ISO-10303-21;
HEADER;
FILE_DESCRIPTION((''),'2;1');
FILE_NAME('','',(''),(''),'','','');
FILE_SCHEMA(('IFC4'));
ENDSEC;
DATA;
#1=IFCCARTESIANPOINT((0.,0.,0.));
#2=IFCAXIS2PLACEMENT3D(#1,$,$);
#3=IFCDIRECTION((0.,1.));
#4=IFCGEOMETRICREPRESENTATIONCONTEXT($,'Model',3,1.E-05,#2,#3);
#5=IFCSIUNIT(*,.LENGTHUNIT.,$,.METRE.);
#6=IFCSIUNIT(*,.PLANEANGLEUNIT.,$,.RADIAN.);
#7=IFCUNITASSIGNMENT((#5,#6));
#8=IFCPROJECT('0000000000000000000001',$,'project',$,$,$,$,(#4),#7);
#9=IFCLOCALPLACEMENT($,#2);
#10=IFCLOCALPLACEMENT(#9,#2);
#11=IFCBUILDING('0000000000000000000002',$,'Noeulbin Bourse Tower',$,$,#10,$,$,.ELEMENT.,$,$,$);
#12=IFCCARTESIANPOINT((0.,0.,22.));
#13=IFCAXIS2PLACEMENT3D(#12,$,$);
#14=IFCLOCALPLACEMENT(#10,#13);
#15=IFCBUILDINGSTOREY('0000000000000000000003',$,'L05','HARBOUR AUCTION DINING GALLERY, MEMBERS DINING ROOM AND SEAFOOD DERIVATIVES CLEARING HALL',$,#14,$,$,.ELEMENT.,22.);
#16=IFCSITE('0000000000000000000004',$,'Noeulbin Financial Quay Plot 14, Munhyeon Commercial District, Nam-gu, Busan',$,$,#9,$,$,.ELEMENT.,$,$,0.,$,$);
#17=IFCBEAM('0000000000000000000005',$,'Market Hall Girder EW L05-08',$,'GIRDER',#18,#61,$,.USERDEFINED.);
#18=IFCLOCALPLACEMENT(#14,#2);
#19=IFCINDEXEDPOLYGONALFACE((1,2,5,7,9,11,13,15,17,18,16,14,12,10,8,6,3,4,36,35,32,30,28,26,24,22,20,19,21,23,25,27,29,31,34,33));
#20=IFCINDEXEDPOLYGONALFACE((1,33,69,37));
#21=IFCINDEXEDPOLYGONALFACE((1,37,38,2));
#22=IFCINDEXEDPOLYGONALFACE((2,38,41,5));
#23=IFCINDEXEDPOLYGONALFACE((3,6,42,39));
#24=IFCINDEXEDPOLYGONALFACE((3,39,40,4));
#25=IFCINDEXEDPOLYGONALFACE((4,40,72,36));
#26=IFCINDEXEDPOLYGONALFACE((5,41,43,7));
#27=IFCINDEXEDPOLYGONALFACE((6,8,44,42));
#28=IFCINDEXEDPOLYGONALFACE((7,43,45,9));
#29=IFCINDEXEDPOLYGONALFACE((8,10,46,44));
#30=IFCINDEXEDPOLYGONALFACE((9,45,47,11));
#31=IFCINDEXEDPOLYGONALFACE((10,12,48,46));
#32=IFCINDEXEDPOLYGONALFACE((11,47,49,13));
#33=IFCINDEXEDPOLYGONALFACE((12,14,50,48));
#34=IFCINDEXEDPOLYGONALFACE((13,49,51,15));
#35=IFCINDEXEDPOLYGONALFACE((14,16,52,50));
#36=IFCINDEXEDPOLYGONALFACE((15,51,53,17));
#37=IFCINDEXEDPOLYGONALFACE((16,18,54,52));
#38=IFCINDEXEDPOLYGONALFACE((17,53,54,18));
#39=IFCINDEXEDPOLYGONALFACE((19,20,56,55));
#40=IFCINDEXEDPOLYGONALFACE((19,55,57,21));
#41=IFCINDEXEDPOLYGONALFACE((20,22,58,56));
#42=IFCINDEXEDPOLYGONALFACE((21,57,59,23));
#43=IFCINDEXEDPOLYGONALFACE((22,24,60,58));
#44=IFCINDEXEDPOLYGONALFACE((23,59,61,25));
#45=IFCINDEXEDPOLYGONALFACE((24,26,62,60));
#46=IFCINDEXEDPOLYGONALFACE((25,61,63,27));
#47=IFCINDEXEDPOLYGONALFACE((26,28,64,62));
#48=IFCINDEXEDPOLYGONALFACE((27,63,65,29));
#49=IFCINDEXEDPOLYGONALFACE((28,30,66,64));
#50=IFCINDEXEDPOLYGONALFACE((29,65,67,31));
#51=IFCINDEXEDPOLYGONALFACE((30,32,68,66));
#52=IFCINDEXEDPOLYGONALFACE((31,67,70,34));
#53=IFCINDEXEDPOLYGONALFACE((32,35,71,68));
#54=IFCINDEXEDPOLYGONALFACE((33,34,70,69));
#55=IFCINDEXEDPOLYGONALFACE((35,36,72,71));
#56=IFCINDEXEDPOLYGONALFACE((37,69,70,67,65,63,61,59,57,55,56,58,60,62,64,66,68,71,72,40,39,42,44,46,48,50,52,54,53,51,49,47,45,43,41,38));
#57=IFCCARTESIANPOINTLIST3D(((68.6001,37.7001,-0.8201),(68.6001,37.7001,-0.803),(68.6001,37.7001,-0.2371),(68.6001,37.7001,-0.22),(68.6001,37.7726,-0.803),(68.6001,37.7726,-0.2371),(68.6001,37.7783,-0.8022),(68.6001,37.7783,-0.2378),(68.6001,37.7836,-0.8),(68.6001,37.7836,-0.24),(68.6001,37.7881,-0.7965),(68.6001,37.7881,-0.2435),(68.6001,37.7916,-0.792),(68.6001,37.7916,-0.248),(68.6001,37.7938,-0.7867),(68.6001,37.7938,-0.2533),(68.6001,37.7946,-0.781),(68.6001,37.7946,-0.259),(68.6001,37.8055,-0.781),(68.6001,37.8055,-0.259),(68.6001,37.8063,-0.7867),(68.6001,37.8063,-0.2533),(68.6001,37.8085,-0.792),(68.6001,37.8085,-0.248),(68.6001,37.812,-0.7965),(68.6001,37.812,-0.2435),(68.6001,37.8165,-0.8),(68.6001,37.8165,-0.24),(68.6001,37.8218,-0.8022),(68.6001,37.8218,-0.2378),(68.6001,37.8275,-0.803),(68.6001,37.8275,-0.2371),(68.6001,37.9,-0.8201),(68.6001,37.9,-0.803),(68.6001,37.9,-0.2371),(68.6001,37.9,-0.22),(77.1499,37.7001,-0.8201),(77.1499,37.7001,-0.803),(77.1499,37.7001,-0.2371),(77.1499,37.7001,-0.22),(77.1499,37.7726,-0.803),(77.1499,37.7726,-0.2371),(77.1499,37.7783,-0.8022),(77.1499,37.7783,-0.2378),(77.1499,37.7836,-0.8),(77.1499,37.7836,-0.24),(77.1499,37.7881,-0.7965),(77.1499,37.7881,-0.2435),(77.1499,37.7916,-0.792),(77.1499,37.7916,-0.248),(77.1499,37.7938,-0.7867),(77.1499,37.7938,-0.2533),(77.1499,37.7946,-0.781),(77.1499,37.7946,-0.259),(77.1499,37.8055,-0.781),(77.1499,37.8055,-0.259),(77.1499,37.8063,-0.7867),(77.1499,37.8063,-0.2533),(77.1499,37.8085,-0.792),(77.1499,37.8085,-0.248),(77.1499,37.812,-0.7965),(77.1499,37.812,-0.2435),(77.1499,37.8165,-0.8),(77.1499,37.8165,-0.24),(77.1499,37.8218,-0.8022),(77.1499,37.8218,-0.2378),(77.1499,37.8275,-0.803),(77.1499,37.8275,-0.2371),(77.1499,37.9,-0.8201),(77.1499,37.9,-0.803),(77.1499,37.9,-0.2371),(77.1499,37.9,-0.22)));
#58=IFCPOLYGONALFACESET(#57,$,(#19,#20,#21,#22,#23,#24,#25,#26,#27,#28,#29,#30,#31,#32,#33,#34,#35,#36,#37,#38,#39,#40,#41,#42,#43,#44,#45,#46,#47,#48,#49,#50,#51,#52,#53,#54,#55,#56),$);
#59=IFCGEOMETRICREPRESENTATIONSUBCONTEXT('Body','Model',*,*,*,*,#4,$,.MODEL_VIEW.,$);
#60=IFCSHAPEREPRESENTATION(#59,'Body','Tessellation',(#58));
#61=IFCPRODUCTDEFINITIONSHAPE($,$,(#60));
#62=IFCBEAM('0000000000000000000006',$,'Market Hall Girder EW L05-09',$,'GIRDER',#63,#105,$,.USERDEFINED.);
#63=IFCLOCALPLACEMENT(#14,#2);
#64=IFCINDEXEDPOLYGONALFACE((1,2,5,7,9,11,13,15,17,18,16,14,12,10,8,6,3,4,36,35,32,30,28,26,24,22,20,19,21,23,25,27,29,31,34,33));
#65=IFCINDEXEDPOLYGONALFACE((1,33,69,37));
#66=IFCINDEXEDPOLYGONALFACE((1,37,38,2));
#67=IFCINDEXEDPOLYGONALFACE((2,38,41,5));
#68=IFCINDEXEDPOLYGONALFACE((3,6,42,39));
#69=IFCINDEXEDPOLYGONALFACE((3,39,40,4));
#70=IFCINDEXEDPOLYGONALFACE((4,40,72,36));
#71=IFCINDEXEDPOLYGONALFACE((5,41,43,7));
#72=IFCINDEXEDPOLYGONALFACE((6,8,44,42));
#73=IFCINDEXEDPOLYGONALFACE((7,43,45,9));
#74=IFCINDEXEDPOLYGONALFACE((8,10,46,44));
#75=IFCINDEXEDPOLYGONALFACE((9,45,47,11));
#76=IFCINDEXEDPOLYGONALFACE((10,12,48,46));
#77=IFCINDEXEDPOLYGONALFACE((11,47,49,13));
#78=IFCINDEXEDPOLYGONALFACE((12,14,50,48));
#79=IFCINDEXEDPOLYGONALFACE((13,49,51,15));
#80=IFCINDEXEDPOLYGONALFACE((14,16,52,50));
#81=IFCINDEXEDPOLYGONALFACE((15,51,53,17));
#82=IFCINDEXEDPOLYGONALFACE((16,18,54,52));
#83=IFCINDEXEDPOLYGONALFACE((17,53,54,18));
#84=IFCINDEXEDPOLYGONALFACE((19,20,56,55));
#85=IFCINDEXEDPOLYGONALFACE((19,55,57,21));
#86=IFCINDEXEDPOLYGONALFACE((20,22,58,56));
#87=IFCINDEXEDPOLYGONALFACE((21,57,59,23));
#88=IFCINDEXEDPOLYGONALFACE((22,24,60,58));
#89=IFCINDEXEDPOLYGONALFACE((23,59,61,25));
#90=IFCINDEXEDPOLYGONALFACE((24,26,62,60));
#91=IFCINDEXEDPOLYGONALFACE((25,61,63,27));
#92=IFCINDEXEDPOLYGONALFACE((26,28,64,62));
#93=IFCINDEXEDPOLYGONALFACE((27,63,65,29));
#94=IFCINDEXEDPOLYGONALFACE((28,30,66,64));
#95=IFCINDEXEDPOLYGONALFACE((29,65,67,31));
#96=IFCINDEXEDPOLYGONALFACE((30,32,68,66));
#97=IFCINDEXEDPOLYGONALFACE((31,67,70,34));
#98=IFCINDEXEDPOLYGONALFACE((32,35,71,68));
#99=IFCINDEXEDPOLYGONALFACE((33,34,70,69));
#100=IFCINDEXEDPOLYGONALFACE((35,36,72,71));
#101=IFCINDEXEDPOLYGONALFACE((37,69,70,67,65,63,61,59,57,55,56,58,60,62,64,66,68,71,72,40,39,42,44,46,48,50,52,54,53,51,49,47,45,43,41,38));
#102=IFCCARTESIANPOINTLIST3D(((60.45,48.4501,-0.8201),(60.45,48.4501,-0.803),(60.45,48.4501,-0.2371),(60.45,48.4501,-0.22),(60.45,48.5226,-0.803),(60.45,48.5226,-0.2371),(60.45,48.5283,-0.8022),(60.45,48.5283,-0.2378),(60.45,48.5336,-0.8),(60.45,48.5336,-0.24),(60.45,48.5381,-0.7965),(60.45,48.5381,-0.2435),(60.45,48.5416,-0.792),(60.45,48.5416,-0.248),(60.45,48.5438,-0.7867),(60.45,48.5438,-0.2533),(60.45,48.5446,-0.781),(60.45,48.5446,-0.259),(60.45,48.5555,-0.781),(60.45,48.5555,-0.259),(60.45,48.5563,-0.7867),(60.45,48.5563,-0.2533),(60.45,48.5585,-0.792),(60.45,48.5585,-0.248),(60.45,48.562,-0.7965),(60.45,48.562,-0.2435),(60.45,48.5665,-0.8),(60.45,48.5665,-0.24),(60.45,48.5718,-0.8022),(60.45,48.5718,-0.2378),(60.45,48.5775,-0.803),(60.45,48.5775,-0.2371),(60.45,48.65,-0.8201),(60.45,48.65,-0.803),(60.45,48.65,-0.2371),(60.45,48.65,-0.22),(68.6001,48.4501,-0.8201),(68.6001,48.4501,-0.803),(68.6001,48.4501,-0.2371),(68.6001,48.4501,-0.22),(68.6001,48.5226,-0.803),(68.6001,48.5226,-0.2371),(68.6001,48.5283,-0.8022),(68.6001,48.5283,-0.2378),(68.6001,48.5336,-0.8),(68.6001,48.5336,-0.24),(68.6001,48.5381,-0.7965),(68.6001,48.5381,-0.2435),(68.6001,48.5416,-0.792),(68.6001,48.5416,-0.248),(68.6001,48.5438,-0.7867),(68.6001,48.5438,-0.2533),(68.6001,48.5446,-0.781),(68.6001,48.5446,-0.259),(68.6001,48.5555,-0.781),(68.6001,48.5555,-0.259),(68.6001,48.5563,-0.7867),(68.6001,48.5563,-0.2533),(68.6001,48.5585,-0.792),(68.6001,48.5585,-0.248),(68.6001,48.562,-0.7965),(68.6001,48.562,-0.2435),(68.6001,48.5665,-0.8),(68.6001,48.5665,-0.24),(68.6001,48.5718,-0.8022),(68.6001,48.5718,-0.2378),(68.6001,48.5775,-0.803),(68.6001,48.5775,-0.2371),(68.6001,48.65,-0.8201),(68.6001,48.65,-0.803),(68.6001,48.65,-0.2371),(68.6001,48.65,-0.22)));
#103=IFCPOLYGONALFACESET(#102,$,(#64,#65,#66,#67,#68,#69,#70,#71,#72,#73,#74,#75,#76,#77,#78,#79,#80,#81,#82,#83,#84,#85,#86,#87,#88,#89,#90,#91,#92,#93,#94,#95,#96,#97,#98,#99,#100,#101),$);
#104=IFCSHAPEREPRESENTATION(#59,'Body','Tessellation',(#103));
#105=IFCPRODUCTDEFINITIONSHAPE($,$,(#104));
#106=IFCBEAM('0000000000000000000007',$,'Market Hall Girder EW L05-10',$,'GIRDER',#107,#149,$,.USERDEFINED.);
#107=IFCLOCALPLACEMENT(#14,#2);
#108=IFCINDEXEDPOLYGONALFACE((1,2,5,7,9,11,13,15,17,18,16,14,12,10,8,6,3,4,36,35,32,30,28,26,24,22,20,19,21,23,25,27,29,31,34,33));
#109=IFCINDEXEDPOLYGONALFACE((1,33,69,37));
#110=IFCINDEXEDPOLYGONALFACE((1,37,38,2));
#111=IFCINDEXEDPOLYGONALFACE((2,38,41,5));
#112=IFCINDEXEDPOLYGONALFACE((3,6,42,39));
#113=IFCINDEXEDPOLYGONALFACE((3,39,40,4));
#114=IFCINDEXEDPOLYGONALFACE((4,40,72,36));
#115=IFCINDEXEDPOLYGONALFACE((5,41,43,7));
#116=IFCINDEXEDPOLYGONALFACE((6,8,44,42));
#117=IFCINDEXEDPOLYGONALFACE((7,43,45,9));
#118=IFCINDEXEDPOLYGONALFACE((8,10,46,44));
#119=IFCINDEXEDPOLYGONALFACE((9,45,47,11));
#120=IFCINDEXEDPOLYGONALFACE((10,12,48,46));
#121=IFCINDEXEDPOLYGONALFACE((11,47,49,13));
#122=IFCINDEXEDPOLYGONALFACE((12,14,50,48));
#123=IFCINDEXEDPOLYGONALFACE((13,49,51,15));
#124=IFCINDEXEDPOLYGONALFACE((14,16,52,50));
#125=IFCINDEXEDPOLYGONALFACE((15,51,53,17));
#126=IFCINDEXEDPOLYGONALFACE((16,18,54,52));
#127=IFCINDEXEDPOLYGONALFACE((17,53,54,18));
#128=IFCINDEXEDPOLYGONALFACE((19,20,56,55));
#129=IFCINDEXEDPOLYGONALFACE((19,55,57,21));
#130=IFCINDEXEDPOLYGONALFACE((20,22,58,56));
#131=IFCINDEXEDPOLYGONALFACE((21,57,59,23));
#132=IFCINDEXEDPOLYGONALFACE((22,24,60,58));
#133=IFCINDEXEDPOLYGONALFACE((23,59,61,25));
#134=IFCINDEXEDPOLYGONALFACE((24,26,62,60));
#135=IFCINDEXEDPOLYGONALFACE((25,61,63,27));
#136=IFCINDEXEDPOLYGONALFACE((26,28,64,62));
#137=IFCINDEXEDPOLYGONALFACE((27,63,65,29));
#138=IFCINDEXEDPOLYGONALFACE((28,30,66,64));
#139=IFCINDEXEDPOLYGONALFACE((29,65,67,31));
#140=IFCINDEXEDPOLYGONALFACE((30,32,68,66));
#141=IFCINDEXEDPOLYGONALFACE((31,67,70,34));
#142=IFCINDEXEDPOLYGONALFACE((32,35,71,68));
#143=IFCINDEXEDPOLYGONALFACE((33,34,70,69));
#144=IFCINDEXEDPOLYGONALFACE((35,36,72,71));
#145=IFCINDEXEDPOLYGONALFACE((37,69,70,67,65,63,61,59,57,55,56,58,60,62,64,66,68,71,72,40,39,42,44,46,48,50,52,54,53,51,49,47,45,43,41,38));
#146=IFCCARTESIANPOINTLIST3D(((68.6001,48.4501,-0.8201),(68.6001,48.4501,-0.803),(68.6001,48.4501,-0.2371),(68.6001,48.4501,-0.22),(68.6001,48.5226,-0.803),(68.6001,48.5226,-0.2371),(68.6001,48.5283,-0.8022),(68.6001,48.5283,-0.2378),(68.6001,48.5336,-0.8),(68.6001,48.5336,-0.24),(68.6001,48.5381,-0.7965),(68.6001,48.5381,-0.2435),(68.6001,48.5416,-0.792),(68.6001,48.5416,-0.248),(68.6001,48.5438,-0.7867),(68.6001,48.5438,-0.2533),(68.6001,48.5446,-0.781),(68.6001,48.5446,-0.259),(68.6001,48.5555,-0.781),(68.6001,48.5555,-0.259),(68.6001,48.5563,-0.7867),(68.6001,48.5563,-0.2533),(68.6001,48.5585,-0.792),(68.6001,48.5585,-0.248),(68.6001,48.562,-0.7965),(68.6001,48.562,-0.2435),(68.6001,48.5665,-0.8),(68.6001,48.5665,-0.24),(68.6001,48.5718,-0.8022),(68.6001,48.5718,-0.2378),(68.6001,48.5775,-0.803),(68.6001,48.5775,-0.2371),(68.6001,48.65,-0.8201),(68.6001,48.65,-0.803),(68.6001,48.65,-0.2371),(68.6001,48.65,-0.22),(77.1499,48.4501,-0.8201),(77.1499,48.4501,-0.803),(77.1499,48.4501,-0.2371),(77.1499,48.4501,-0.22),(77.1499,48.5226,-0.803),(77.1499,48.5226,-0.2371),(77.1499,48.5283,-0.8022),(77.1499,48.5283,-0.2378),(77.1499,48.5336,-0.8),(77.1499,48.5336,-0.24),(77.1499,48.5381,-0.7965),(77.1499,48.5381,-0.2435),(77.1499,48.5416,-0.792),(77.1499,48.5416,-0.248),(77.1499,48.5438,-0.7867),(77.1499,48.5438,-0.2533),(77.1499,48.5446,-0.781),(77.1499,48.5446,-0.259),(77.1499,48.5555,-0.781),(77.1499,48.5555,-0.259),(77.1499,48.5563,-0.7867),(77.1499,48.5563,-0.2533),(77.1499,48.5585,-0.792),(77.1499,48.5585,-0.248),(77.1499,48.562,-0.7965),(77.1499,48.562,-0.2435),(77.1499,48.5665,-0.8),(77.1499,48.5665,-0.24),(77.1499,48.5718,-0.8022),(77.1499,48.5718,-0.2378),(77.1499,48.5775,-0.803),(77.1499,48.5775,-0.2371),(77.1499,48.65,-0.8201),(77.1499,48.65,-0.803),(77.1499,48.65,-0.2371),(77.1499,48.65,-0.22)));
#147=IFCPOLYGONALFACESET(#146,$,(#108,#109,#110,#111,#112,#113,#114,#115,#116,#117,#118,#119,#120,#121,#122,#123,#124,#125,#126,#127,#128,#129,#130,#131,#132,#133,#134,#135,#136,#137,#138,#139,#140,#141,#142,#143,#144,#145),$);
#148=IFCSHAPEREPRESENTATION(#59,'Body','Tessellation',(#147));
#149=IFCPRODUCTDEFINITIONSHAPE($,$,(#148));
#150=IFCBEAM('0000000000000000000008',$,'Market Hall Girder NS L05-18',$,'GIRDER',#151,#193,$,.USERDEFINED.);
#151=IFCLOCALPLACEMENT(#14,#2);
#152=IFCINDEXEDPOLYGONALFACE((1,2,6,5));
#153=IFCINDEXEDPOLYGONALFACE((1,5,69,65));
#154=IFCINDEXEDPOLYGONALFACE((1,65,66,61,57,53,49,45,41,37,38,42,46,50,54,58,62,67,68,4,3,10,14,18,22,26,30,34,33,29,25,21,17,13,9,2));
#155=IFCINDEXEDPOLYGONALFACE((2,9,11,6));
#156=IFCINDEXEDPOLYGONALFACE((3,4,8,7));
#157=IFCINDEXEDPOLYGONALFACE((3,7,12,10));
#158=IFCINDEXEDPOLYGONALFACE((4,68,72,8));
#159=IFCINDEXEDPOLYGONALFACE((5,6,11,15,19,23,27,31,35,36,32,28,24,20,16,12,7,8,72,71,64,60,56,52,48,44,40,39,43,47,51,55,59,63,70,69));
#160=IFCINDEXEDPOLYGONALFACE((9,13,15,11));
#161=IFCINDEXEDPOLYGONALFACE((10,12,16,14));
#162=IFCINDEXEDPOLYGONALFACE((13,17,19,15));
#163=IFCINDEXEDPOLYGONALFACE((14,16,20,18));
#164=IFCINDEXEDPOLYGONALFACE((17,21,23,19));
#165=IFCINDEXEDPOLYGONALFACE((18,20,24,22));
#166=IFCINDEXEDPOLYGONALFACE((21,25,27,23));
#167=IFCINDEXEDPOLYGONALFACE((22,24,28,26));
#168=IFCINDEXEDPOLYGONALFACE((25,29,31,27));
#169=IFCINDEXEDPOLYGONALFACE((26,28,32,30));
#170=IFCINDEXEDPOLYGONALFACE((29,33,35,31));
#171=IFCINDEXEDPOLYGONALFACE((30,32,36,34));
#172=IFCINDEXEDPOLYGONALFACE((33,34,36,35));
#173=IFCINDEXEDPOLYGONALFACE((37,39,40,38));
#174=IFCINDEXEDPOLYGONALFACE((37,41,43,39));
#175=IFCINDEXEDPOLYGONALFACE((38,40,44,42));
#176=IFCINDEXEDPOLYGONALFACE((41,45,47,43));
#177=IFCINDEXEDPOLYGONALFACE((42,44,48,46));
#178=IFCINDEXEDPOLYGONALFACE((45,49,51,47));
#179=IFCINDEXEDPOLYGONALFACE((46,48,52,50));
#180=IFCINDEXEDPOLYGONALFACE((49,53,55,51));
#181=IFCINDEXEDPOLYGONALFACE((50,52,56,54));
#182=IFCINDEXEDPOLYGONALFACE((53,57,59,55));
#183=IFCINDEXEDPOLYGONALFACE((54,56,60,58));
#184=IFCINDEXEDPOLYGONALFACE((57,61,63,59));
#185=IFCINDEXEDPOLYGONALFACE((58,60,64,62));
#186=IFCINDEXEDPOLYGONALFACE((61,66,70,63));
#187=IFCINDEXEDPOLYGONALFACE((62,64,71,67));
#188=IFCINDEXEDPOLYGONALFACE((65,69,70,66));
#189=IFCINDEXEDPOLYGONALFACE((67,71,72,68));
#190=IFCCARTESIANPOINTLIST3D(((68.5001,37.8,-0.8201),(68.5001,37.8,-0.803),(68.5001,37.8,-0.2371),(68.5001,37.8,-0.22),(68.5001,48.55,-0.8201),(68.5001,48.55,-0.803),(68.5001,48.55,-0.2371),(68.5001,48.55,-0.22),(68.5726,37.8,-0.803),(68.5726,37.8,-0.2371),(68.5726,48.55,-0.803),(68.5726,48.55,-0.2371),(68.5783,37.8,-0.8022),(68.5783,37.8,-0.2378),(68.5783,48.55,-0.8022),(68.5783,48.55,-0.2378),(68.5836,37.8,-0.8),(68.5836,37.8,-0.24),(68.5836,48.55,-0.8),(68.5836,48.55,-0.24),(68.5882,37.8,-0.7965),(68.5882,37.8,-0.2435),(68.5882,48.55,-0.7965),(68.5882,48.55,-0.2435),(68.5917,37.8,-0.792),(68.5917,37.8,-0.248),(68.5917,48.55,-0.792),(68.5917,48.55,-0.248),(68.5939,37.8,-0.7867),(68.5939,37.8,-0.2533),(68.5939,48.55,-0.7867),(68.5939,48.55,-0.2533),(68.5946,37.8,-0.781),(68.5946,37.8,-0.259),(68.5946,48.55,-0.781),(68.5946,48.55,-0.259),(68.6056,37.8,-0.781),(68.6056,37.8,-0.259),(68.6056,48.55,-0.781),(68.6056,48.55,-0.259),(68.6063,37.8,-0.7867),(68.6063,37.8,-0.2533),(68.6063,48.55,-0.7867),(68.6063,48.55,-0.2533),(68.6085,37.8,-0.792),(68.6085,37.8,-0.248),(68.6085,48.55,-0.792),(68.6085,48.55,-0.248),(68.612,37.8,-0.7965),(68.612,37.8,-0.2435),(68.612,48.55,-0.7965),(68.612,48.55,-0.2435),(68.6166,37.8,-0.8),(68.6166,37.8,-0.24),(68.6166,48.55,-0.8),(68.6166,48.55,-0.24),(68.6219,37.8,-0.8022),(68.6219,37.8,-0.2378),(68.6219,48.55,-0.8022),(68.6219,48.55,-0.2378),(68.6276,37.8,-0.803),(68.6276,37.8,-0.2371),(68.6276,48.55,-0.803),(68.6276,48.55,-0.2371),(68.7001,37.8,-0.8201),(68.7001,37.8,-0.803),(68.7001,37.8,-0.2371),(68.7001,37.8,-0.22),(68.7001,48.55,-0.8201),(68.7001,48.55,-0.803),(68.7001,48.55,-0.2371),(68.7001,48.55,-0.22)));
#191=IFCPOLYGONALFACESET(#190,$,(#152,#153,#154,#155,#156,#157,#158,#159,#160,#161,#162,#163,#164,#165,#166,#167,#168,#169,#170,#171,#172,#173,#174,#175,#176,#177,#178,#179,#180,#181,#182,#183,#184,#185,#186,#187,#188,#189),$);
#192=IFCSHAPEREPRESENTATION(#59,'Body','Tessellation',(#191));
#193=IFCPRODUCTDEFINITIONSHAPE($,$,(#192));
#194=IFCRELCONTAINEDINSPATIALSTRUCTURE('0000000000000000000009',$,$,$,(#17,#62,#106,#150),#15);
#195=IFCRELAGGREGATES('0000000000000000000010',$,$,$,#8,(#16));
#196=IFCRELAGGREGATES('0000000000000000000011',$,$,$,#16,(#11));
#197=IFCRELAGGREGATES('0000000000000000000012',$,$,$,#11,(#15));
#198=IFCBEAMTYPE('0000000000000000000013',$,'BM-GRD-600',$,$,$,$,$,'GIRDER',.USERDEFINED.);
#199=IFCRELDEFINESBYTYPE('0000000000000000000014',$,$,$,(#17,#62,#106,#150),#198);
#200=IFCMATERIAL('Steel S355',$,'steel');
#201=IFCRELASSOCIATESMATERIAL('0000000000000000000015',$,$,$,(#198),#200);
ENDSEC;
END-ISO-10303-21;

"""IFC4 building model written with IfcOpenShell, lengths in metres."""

from ifc_helpers import new_model, si_unit, direction, frame, origin, origin_2d, place, context, subcontext, project, spatial, i_section, extrude, material, material_profile, profile_set, type_object, element, save


model = new_model("IFC4")

# Units and contexts
model_context = context("Model", 3, precision=1e-05, world=origin(), true_north=direction((0.0, 1.0)))
body_context = subcontext(model_context, "Body", "Model", "MODEL_VIEW")
ifc_project = project(units=[si_unit("LENGTHUNIT", "METRE"), si_unit("PLANEANGLEUNIT", "RADIAN")], contexts=[model_context])

# Site, building, storey
site_placement = place(None, origin())
site = spatial("IfcSite", under=ifc_project, at=site_placement, Name="Noeulbin Financial Quay Plot 14, Munhyeon Commercial District, Nam-gu, Busan", CompositionType="ELEMENT", RefElevation=0.0)
building_placement = place(site_placement, origin())
building = spatial("IfcBuilding", under=site, at=building_placement, Name="Noeulbin Bourse Tower", CompositionType="ELEMENT")
storey_placement = place(building_placement, frame((0.0, 0.0, 22.0)))
storey = spatial("IfcBuildingStorey", under=building, at=storey_placement, Name="L05", Description="HARBOUR AUCTION DINING GALLERY, MEMBERS DINING ROOM AND SEAFOOD DERIVATIVES CLEARING HALL", CompositionType="ELEMENT", Elevation=22.0)

# Shared definitions
ifc_material_1 = material(Name="Steel S355", Category="steel")

# Beams
ifc_material_profile_1 = material_profile(ifc_material_1, i_section(OverallWidth=0.2, OverallDepth=0.6001, WebThickness=0.011, FlangeThickness=0.0171, FilletRadius=0.022, at=origin_2d()), Name="H-600x200x11x17", Category="LoadBearing")
ifc_profile_set_1 = profile_set([ifc_material_profile_1], Name="Steel S355")
beam_type_1 = type_object("IfcBeamType", Name="BM-GRD-600", ElementType="GIRDER", PredefinedType="USERDEFINED", material=ifc_profile_set_1)
beam_1_placement = place(storey_placement, frame((68.6001, 37.8, -0.52), z_axis=(1.0, 0.0, 0.0), x_axis=(0.0, 1.0, 0.0)))
element("IfcBeam", 1, at=beam_1_placement, inside=storey, type_object=beam_type_1, Name="Market Hall Girder EW L05-08", ObjectType="GIRDER", PredefinedType="USERDEFINED", context=body_context, shape_type="SweptSolid", body=[
    extrude(i_section(OverallWidth=0.2, OverallDepth=0.6001, WebThickness=0.011, FlangeThickness=0.0171, FilletRadius=0.022, at=origin_2d()), origin(), (0.0, 0.0, 1.0), 8.5498),
])
beam_2_placement = place(storey_placement, frame((60.45, 48.55, -0.52), z_axis=(1.0, 0.0, 0.0), x_axis=(0.0, 1.0, 0.0)))
element("IfcBeam", 2, at=beam_2_placement, inside=storey, type_object=beam_type_1, Name="Market Hall Girder EW L05-09", ObjectType="GIRDER", PredefinedType="USERDEFINED", context=body_context, shape_type="SweptSolid", body=[
    extrude(i_section(OverallWidth=0.2, OverallDepth=0.6001, WebThickness=0.011, FlangeThickness=0.0171, FilletRadius=0.022, at=origin_2d()), origin(), (0.0, 0.0, 1.0), 8.1501),
])
beam_3_placement = place(storey_placement, frame((68.6001, 48.55, -0.52), z_axis=(1.0, 0.0, 0.0), x_axis=(0.0, 1.0, 0.0)))
element("IfcBeam", 3, at=beam_3_placement, inside=storey, type_object=beam_type_1, Name="Market Hall Girder EW L05-10", ObjectType="GIRDER", PredefinedType="USERDEFINED", context=body_context, shape_type="SweptSolid", body=[
    extrude(i_section(OverallWidth=0.2, OverallDepth=0.6001, WebThickness=0.011, FlangeThickness=0.0171, FilletRadius=0.022, at=origin_2d()), origin(), (0.0, 0.0, 1.0), 8.5498),
])
for number, where, z_axis, x_axis, name in (
    (4, (68.6001, 37.8, -0.52), (0.0, 1.0, 0.0), (-1.0, 0.0, 0.0), "Market Hall Girder NS L05-18"),
):
    element("IfcBeam", number, at=place(storey_placement, frame(where, z_axis=z_axis, x_axis=x_axis)), inside=storey, type_object=beam_type_1, Name=name, ObjectType="GIRDER", PredefinedType="USERDEFINED", context=body_context, shape_type="SweptSolid", body=[
        extrude(i_section(OverallWidth=0.2, OverallDepth=0.6001, WebThickness=0.011, FlangeThickness=0.0171, FilletRadius=0.022, at=origin_2d()), origin(), (0.0, 0.0, 1.0), 10.75),
    ])

save(model, "model.ifc")
